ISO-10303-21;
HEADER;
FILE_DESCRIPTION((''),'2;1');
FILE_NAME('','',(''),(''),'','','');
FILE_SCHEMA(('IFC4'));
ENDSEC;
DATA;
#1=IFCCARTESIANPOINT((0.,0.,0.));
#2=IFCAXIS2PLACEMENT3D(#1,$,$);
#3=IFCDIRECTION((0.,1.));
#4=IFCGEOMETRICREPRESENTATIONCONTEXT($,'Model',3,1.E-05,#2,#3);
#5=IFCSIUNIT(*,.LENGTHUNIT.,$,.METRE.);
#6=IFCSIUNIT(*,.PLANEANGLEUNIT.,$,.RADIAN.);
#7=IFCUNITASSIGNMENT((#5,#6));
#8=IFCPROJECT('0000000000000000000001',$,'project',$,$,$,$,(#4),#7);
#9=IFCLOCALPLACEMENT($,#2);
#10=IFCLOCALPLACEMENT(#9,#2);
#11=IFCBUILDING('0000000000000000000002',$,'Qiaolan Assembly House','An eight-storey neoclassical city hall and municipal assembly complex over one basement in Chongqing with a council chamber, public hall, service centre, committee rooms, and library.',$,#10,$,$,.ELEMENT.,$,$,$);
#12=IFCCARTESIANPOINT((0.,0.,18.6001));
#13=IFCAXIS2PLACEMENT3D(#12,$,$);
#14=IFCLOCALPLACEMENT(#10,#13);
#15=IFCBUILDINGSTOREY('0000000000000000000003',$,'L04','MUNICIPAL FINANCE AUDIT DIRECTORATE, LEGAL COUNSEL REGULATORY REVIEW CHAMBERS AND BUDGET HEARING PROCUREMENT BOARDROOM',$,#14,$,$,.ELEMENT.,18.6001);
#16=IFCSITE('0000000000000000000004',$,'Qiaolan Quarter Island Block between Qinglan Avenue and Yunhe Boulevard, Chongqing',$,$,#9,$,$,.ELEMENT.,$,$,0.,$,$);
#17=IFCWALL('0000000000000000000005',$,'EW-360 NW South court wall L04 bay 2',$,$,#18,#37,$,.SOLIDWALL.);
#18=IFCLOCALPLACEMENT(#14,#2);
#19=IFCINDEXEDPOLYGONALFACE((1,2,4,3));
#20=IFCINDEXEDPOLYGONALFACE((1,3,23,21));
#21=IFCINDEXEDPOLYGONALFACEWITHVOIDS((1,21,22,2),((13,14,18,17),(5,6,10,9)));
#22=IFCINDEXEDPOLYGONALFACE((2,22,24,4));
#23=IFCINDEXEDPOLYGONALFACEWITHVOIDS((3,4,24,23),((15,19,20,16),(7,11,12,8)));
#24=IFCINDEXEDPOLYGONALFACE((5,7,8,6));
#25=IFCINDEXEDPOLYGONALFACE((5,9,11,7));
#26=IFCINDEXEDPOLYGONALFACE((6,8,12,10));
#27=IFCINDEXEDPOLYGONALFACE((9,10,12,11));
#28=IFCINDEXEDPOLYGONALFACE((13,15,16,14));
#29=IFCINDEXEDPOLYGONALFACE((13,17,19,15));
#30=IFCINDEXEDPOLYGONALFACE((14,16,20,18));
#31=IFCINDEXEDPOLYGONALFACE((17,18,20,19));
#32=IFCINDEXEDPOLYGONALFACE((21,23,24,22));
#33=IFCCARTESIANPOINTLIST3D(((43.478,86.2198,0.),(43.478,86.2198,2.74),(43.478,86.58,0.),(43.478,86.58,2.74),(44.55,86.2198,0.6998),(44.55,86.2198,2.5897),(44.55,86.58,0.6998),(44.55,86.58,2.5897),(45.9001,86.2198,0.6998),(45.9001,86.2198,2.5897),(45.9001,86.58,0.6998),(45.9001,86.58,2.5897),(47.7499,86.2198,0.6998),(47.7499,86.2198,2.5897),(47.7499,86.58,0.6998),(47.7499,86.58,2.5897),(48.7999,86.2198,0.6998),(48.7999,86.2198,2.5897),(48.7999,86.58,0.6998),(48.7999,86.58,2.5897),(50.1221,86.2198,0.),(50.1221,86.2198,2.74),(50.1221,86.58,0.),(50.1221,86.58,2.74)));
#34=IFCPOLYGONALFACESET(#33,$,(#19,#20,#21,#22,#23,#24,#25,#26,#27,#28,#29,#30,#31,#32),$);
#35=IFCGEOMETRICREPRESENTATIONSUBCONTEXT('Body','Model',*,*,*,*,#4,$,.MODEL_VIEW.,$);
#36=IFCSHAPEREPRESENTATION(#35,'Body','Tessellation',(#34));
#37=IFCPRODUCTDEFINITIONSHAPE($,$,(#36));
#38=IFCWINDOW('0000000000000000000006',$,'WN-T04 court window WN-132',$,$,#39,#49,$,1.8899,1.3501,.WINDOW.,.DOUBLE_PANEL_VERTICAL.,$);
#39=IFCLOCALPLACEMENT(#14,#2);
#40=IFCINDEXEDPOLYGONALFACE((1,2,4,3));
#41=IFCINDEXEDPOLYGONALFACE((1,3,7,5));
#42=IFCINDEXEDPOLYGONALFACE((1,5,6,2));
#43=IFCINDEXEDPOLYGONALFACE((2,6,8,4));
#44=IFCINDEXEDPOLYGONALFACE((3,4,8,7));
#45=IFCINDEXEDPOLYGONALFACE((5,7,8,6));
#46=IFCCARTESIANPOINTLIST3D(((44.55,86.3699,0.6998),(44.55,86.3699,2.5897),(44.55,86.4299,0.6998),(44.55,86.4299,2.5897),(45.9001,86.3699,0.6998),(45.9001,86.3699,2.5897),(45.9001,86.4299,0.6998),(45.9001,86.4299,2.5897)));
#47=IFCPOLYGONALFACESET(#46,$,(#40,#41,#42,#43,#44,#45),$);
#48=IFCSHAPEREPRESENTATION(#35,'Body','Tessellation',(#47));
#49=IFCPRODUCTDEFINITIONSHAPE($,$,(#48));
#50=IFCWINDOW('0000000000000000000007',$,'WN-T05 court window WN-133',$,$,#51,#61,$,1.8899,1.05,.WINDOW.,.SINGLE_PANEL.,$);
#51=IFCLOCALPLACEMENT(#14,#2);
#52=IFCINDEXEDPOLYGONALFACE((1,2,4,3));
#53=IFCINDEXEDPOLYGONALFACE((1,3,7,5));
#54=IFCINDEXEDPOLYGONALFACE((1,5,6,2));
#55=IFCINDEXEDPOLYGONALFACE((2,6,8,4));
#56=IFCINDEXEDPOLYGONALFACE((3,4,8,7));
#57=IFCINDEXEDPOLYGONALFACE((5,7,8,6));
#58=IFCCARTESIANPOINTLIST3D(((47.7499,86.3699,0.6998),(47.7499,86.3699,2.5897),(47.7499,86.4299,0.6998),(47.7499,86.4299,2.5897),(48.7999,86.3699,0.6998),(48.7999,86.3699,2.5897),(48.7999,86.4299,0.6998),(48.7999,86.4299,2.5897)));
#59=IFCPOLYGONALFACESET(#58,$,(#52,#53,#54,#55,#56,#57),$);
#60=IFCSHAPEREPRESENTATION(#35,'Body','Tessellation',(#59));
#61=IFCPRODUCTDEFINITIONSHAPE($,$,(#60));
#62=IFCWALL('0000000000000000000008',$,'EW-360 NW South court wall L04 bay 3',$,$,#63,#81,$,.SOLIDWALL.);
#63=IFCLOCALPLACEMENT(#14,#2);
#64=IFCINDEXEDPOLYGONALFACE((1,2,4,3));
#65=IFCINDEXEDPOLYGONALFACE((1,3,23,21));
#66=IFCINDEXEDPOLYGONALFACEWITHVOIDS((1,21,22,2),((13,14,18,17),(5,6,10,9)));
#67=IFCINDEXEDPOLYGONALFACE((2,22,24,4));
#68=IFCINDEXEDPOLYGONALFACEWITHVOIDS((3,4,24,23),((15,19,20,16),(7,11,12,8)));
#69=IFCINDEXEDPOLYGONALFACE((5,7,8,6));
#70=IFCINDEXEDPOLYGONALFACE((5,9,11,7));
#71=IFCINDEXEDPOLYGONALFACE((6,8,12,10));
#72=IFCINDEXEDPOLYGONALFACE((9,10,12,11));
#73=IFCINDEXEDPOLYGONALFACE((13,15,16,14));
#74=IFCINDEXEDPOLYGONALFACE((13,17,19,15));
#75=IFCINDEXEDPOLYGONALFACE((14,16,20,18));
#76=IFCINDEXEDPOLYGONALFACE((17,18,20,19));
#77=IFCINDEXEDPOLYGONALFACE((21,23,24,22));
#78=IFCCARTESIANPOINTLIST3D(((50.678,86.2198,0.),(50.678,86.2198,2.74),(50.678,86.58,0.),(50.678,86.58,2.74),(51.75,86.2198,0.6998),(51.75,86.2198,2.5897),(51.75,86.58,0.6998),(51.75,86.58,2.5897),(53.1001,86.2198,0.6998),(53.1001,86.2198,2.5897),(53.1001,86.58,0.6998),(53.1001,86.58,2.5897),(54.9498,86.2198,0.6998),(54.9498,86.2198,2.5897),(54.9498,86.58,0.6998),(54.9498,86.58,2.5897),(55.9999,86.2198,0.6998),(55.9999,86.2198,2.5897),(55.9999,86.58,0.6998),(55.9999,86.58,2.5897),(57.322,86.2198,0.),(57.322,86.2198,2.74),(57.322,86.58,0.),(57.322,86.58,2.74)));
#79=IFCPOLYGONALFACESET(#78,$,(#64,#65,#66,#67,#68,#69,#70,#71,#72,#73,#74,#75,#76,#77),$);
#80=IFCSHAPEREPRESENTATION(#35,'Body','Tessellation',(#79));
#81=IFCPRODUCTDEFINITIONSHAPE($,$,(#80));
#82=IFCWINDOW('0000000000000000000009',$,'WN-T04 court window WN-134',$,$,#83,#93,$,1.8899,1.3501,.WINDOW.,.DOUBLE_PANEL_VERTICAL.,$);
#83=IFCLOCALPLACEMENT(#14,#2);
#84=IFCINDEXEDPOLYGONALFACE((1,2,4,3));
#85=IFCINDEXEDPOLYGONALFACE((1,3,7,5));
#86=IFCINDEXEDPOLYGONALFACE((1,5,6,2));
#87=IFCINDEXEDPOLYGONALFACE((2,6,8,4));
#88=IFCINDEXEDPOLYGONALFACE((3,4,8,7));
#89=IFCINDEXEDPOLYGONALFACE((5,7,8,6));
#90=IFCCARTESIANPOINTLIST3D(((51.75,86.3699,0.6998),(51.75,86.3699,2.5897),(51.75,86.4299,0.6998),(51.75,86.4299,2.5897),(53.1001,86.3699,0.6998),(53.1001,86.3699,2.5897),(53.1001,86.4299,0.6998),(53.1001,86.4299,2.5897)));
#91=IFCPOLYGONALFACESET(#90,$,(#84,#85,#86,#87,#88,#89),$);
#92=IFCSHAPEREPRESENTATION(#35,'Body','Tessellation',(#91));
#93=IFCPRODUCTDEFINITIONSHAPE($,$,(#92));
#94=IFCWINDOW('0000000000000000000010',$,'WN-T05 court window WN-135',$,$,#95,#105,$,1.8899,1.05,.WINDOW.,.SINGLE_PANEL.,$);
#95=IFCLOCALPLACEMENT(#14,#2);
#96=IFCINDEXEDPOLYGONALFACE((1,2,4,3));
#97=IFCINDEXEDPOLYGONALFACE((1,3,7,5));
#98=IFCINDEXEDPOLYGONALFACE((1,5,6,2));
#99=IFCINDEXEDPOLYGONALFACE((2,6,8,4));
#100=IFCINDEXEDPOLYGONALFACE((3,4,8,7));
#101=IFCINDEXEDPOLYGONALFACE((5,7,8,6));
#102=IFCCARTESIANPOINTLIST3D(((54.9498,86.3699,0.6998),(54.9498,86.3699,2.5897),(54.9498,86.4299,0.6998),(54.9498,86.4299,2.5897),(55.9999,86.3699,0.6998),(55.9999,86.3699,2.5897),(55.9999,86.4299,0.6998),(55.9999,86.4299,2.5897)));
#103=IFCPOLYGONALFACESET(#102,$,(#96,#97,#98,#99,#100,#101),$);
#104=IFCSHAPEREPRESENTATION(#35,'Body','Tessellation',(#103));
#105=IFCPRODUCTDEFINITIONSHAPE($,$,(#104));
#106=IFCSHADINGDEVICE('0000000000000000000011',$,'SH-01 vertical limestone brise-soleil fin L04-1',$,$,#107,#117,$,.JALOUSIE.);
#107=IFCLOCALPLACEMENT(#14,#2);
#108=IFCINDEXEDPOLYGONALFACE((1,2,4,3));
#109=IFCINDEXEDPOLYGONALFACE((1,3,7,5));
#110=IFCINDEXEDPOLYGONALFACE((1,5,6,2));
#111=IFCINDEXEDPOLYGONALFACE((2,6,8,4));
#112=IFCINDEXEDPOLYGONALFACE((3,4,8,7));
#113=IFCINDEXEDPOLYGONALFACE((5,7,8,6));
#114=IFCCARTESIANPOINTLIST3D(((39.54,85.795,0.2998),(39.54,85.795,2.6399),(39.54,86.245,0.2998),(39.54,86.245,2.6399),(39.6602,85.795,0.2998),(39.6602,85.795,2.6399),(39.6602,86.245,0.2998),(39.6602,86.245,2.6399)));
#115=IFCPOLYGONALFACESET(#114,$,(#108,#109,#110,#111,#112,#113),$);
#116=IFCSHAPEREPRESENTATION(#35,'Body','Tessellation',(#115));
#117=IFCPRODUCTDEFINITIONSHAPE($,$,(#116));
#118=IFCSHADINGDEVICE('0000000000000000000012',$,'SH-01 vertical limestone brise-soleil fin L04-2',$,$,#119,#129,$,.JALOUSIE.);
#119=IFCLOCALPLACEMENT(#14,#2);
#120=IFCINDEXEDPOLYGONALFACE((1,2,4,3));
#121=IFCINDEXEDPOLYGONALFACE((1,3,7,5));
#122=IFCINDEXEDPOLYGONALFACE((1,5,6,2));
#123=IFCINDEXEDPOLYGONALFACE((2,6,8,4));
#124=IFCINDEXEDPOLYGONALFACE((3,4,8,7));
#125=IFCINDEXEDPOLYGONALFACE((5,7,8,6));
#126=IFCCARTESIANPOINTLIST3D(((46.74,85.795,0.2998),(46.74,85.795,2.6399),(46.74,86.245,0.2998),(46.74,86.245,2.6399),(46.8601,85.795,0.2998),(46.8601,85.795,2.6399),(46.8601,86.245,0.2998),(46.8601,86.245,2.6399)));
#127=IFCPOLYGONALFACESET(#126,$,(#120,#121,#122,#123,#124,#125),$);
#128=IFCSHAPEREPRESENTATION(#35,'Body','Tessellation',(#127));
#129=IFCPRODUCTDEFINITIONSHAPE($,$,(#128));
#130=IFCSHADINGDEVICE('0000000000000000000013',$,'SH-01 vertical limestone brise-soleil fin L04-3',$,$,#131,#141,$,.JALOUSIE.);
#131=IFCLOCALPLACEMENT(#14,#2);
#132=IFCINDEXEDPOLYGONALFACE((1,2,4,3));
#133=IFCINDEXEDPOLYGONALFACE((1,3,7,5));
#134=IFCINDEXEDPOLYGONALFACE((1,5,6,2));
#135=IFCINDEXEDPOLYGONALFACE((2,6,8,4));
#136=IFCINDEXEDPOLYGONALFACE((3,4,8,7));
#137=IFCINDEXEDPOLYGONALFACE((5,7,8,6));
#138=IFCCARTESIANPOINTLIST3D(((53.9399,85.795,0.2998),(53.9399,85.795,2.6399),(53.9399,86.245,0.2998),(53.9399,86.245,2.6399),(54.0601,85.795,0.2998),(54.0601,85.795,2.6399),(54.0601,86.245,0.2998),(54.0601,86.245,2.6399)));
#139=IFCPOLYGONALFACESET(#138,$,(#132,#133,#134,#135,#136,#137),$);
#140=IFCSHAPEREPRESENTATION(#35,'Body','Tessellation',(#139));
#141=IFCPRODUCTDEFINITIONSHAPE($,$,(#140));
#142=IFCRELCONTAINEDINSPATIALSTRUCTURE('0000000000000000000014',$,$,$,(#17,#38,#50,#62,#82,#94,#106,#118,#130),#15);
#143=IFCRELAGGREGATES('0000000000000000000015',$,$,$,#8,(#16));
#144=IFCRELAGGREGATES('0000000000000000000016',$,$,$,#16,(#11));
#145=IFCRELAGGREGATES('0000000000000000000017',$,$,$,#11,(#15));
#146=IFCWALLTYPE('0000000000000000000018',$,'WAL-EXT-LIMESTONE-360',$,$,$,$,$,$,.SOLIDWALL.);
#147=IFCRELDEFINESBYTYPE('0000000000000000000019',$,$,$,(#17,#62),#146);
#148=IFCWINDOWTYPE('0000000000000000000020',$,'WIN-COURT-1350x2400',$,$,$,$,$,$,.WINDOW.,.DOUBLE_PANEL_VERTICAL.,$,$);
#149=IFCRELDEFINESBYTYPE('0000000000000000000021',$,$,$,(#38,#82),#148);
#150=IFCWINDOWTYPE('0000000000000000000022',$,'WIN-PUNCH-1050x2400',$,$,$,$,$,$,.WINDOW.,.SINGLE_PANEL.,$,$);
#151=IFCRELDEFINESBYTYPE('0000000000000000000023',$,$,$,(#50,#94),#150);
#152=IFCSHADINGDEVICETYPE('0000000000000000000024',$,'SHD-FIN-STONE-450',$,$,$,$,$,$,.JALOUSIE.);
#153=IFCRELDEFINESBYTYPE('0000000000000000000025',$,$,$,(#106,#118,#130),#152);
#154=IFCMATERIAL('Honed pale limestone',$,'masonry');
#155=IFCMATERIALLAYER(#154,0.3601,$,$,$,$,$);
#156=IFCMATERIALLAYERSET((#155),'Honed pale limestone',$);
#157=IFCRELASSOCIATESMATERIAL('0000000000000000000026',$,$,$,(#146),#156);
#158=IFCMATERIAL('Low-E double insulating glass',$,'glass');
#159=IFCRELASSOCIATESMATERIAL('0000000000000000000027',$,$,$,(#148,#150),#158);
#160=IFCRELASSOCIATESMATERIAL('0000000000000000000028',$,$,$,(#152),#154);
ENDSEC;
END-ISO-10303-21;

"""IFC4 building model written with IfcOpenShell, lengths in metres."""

from ifc_helpers import new_model, si_unit, direction, frame, frame_2d, origin, origin_2d, place, context, subcontext, project, spatial, rectangle, extrude, material, layer, layer_set, material_profile, profile_set, type_object, element, fill, save


model = new_model("IFC4")

# Units and contexts
model_context = context("Model", 3, precision=1e-05, world=origin(), true_north=direction((0.0, 1.0)))
body_context = subcontext(model_context, "Body", "Model", "MODEL_VIEW")
ifc_project = project(units=[si_unit("LENGTHUNIT", "METRE"), si_unit("PLANEANGLEUNIT", "RADIAN")], contexts=[model_context])

# Site, building, storey
site_placement = place(None, origin())
site = spatial("IfcSite", under=ifc_project, at=site_placement, Name="Qiaolan Quarter Island Block between Qinglan Avenue and Yunhe Boulevard, Chongqing", CompositionType="ELEMENT", RefElevation=0.0)
building_placement = place(site_placement, origin())
building = spatial("IfcBuilding", under=site, at=building_placement, Name="Qiaolan Assembly House", Description="An eight-storey neoclassical city hall and municipal assembly complex over one basement in Chongqing with a council chamber, public hall, service centre, committee rooms, and library.", CompositionType="ELEMENT")
storey_placement = place(building_placement, frame((0.0, 0.0, 18.6001)))
storey = spatial("IfcBuildingStorey", under=building, at=storey_placement, Name="L04", Description="MUNICIPAL FINANCE AUDIT DIRECTORATE, LEGAL COUNSEL REGULATORY REVIEW CHAMBERS AND BUDGET HEARING PROCUREMENT BOARDROOM", CompositionType="ELEMENT", Elevation=18.6001)

# Walls, openings, windows
ifc_material_1 = material(Name="Honed pale limestone", Category="masonry")
ifc_layer = layer(ifc_material_1, 0.3601)
ifc_layer_set = layer_set([ifc_layer], Name="Honed pale limestone")
wall_type = type_object("IfcWallType", Name="WAL-EXT-LIMESTONE-360", PredefinedType="SOLIDWALL", material=ifc_layer_set)
ifc_material_2 = material(Name="Low-E double insulating glass", Category="glass")
window_type_1 = type_object("IfcWindowType", Name="WIN-COURT-1350x2400", PartitioningType="DOUBLE_PANEL_VERTICAL", PredefinedType="WINDOW", material=ifc_material_2)
window_type_2 = type_object("IfcWindowType", Name="WIN-PUNCH-1050x2400", PartitioningType="SINGLE_PANEL", PredefinedType="WINDOW", material=ifc_material_2)
wall_1_placement = place(storey_placement, frame((43.478, 86.3999, 0.0), z_axis=(0.0, 0.0, 1.0), x_axis=(1.0, 0.0, 0.0)))
wall_1 = element("IfcWall", 1, at=wall_1_placement, inside=storey, type_object=wall_type, Name="EW-360 NW South court wall L04 bay 2", PredefinedType="SOLIDWALL", context=body_context, shape_type="SweptSolid", body=[
    extrude(rectangle(XDim=6.644, YDim=0.3601, at=frame_2d((3.322, 0.0))), origin(), (0.0, 0.0, 1.0), 2.74),
])
opening_1_placement = place(wall_1_placement, frame((1.072, 0.0, 0.7)))
opening_1 = element("IfcOpeningElement", 2, at=opening_1_placement, cuts=wall_1, PredefinedType="OPENING", context=body_context, shape_type="SweptSolid", body=[
    extrude(rectangle(XDim=1.3501, YDim=1.8899, at=frame_2d((0.675, 0.9448))), frame((0.0, 0.1899, 0.0), z_axis=(0.0, -1.0, 0.0), x_axis=(1.0, 0.0, 0.0)), (0.0, 0.0, 1.0), 0.3801),
])
opening_2_placement = place(wall_1_placement, frame((4.272, 0.0, 0.7)))
opening_2 = element("IfcOpeningElement", 3, at=opening_2_placement, cuts=wall_1, PredefinedType="OPENING", context=body_context, shape_type="SweptSolid", body=[
    extrude(rectangle(XDim=1.05, YDim=1.8899, at=frame_2d((0.5249, 0.9448))), frame((0.0, 0.1899, 0.0), z_axis=(0.0, -1.0, 0.0), x_axis=(1.0, 0.0, 0.0)), (0.0, 0.0, 1.0), 0.3801),
])
window_1_placement = place(opening_1_placement, origin())
window_1 = element("IfcWindow", 4, at=window_1_placement, inside=storey, type_object=window_type_1, Name="WN-T04 court window WN-132", OverallHeight=1.8899, OverallWidth=1.3501, PartitioningType="DOUBLE_PANEL_VERTICAL", PredefinedType="WINDOW", context=body_context, shape_type="SweptSolid", body=[
    extrude(rectangle(XDim=1.3501, YDim=1.8899, at=frame_2d((0.675, 0.9448))), frame((0.0, 0.03, 0.0), z_axis=(0.0, -1.0, 0.0), x_axis=(1.0, 0.0, 0.0)), (0.0, 0.0, 1.0), 0.0601),
])
fill(opening_1, window_1)
window_2_placement = place(opening_2_placement, origin())
window_2 = element("IfcWindow", 5, at=window_2_placement, inside=storey, type_object=window_type_2, Name="WN-T05 court window WN-133", OverallHeight=1.8899, OverallWidth=1.05, PartitioningType="SINGLE_PANEL", PredefinedType="WINDOW", context=body_context, shape_type="SweptSolid", body=[
    extrude(rectangle(XDim=1.05, YDim=1.8899, at=frame_2d((0.5249, 0.9448))), frame((0.0, 0.03, 0.0), z_axis=(0.0, -1.0, 0.0), x_axis=(1.0, 0.0, 0.0)), (0.0, 0.0, 1.0), 0.0601),
])
fill(opening_2, window_2)
wall_2_placement = place(storey_placement, frame((50.678, 86.3999, 0.0), z_axis=(0.0, 0.0, 1.0), x_axis=(1.0, 0.0, 0.0)))
wall_2 = element("IfcWall", 6, at=wall_2_placement, inside=storey, type_object=wall_type, Name="EW-360 NW South court wall L04 bay 3", PredefinedType="SOLIDWALL", context=body_context, shape_type="SweptSolid", body=[
    extrude(rectangle(XDim=6.644, YDim=0.3601, at=frame_2d((3.322, 0.0))), origin(), (0.0, 0.0, 1.0), 2.74),
])
opening_3_placement = place(wall_2_placement, frame((1.072, 0.0, 0.7)))
opening_3 = element("IfcOpeningElement", 7, at=opening_3_placement, cuts=wall_2, PredefinedType="OPENING", context=body_context, shape_type="SweptSolid", body=[
    extrude(rectangle(XDim=1.3501, YDim=1.8899, at=frame_2d((0.675, 0.9448))), frame((0.0, 0.1899, 0.0), z_axis=(0.0, -1.0, 0.0), x_axis=(1.0, 0.0, 0.0)), (0.0, 0.0, 1.0), 0.3801),
])
opening_4_placement = place(wall_2_placement, frame((4.272, 0.0, 0.7)))
opening_4 = element("IfcOpeningElement", 8, at=opening_4_placement, cuts=wall_2, PredefinedType="OPENING", context=body_context, shape_type="SweptSolid", body=[
    extrude(rectangle(XDim=1.05, YDim=1.8899, at=frame_2d((0.5249, 0.9448))), frame((0.0, 0.1899, 0.0), z_axis=(0.0, -1.0, 0.0), x_axis=(1.0, 0.0, 0.0)), (0.0, 0.0, 1.0), 0.3801),
])
window_3_placement = place(opening_3_placement, origin())
window_3 = element("IfcWindow", 9, at=window_3_placement, inside=storey, type_object=window_type_1, Name="WN-T04 court window WN-134", OverallHeight=1.8899, OverallWidth=1.3501, PartitioningType="DOUBLE_PANEL_VERTICAL", PredefinedType="WINDOW", context=body_context, shape_type="SweptSolid", body=[
    extrude(rectangle(XDim=1.3501, YDim=1.8899, at=frame_2d((0.675, 0.9448))), frame((0.0, 0.03, 0.0), z_axis=(0.0, -1.0, 0.0), x_axis=(1.0, 0.0, 0.0)), (0.0, 0.0, 1.0), 0.0601),
])
fill(opening_3, window_3)
window_4_placement = place(opening_4_placement, origin())
window_4 = element("IfcWindow", 10, at=window_4_placement, inside=storey, type_object=window_type_2, Name="WN-T05 court window WN-135", OverallHeight=1.8899, OverallWidth=1.05, PartitioningType="SINGLE_PANEL", PredefinedType="WINDOW", context=body_context, shape_type="SweptSolid", body=[
    extrude(rectangle(XDim=1.05, YDim=1.8899, at=frame_2d((0.5249, 0.9448))), frame((0.0, 0.03, 0.0), z_axis=(0.0, -1.0, 0.0), x_axis=(1.0, 0.0, 0.0)), (0.0, 0.0, 1.0), 0.0601),
])
fill(opening_4, window_4)

# Shading devices
ifc_material_profile_1 = material_profile(ifc_material_1, rectangle(XDim=0.1201, YDim=0.45, at=origin_2d()), Name="FIN 120x450")
ifc_profile_set_1 = profile_set([ifc_material_profile_1], Name="Honed pale limestone")
shading_device_type = type_object("IfcShadingDeviceType", Name="SHD-FIN-STONE-450", PredefinedType="JALOUSIE", material=ifc_profile_set_1)
for number, where, z_axis, x_axis, name in (
    (11, (39.6001, 86.02, 0.2998), (0.0, 0.0, 1.0), (1.0, 0.0, 0.0), "SH-01 vertical limestone brise-soleil fin L04-1"),
    (12, (46.8, 86.02, 0.2998), (0.0, 0.0, 1.0), (1.0, 0.0, 0.0), "SH-01 vertical limestone brise-soleil fin L04-2"),
    (13, (54.0, 86.02, 0.2998), (0.0, 0.0, 1.0), (1.0, 0.0, 0.0), "SH-01 vertical limestone brise-soleil fin L04-3"),
):
    element("IfcShadingDevice", number, at=place(storey_placement, frame(where, z_axis=z_axis, x_axis=x_axis)), inside=storey, type_object=shading_device_type, Name=name, PredefinedType="JALOUSIE", context=body_context, shape_type="SweptSolid", body=[
        extrude(rectangle(XDim=0.1201, YDim=0.45, at=origin_2d()), origin(), (0.0, 0.0, 1.0), 2.3401),
    ])

save(model, "model.ifc")
